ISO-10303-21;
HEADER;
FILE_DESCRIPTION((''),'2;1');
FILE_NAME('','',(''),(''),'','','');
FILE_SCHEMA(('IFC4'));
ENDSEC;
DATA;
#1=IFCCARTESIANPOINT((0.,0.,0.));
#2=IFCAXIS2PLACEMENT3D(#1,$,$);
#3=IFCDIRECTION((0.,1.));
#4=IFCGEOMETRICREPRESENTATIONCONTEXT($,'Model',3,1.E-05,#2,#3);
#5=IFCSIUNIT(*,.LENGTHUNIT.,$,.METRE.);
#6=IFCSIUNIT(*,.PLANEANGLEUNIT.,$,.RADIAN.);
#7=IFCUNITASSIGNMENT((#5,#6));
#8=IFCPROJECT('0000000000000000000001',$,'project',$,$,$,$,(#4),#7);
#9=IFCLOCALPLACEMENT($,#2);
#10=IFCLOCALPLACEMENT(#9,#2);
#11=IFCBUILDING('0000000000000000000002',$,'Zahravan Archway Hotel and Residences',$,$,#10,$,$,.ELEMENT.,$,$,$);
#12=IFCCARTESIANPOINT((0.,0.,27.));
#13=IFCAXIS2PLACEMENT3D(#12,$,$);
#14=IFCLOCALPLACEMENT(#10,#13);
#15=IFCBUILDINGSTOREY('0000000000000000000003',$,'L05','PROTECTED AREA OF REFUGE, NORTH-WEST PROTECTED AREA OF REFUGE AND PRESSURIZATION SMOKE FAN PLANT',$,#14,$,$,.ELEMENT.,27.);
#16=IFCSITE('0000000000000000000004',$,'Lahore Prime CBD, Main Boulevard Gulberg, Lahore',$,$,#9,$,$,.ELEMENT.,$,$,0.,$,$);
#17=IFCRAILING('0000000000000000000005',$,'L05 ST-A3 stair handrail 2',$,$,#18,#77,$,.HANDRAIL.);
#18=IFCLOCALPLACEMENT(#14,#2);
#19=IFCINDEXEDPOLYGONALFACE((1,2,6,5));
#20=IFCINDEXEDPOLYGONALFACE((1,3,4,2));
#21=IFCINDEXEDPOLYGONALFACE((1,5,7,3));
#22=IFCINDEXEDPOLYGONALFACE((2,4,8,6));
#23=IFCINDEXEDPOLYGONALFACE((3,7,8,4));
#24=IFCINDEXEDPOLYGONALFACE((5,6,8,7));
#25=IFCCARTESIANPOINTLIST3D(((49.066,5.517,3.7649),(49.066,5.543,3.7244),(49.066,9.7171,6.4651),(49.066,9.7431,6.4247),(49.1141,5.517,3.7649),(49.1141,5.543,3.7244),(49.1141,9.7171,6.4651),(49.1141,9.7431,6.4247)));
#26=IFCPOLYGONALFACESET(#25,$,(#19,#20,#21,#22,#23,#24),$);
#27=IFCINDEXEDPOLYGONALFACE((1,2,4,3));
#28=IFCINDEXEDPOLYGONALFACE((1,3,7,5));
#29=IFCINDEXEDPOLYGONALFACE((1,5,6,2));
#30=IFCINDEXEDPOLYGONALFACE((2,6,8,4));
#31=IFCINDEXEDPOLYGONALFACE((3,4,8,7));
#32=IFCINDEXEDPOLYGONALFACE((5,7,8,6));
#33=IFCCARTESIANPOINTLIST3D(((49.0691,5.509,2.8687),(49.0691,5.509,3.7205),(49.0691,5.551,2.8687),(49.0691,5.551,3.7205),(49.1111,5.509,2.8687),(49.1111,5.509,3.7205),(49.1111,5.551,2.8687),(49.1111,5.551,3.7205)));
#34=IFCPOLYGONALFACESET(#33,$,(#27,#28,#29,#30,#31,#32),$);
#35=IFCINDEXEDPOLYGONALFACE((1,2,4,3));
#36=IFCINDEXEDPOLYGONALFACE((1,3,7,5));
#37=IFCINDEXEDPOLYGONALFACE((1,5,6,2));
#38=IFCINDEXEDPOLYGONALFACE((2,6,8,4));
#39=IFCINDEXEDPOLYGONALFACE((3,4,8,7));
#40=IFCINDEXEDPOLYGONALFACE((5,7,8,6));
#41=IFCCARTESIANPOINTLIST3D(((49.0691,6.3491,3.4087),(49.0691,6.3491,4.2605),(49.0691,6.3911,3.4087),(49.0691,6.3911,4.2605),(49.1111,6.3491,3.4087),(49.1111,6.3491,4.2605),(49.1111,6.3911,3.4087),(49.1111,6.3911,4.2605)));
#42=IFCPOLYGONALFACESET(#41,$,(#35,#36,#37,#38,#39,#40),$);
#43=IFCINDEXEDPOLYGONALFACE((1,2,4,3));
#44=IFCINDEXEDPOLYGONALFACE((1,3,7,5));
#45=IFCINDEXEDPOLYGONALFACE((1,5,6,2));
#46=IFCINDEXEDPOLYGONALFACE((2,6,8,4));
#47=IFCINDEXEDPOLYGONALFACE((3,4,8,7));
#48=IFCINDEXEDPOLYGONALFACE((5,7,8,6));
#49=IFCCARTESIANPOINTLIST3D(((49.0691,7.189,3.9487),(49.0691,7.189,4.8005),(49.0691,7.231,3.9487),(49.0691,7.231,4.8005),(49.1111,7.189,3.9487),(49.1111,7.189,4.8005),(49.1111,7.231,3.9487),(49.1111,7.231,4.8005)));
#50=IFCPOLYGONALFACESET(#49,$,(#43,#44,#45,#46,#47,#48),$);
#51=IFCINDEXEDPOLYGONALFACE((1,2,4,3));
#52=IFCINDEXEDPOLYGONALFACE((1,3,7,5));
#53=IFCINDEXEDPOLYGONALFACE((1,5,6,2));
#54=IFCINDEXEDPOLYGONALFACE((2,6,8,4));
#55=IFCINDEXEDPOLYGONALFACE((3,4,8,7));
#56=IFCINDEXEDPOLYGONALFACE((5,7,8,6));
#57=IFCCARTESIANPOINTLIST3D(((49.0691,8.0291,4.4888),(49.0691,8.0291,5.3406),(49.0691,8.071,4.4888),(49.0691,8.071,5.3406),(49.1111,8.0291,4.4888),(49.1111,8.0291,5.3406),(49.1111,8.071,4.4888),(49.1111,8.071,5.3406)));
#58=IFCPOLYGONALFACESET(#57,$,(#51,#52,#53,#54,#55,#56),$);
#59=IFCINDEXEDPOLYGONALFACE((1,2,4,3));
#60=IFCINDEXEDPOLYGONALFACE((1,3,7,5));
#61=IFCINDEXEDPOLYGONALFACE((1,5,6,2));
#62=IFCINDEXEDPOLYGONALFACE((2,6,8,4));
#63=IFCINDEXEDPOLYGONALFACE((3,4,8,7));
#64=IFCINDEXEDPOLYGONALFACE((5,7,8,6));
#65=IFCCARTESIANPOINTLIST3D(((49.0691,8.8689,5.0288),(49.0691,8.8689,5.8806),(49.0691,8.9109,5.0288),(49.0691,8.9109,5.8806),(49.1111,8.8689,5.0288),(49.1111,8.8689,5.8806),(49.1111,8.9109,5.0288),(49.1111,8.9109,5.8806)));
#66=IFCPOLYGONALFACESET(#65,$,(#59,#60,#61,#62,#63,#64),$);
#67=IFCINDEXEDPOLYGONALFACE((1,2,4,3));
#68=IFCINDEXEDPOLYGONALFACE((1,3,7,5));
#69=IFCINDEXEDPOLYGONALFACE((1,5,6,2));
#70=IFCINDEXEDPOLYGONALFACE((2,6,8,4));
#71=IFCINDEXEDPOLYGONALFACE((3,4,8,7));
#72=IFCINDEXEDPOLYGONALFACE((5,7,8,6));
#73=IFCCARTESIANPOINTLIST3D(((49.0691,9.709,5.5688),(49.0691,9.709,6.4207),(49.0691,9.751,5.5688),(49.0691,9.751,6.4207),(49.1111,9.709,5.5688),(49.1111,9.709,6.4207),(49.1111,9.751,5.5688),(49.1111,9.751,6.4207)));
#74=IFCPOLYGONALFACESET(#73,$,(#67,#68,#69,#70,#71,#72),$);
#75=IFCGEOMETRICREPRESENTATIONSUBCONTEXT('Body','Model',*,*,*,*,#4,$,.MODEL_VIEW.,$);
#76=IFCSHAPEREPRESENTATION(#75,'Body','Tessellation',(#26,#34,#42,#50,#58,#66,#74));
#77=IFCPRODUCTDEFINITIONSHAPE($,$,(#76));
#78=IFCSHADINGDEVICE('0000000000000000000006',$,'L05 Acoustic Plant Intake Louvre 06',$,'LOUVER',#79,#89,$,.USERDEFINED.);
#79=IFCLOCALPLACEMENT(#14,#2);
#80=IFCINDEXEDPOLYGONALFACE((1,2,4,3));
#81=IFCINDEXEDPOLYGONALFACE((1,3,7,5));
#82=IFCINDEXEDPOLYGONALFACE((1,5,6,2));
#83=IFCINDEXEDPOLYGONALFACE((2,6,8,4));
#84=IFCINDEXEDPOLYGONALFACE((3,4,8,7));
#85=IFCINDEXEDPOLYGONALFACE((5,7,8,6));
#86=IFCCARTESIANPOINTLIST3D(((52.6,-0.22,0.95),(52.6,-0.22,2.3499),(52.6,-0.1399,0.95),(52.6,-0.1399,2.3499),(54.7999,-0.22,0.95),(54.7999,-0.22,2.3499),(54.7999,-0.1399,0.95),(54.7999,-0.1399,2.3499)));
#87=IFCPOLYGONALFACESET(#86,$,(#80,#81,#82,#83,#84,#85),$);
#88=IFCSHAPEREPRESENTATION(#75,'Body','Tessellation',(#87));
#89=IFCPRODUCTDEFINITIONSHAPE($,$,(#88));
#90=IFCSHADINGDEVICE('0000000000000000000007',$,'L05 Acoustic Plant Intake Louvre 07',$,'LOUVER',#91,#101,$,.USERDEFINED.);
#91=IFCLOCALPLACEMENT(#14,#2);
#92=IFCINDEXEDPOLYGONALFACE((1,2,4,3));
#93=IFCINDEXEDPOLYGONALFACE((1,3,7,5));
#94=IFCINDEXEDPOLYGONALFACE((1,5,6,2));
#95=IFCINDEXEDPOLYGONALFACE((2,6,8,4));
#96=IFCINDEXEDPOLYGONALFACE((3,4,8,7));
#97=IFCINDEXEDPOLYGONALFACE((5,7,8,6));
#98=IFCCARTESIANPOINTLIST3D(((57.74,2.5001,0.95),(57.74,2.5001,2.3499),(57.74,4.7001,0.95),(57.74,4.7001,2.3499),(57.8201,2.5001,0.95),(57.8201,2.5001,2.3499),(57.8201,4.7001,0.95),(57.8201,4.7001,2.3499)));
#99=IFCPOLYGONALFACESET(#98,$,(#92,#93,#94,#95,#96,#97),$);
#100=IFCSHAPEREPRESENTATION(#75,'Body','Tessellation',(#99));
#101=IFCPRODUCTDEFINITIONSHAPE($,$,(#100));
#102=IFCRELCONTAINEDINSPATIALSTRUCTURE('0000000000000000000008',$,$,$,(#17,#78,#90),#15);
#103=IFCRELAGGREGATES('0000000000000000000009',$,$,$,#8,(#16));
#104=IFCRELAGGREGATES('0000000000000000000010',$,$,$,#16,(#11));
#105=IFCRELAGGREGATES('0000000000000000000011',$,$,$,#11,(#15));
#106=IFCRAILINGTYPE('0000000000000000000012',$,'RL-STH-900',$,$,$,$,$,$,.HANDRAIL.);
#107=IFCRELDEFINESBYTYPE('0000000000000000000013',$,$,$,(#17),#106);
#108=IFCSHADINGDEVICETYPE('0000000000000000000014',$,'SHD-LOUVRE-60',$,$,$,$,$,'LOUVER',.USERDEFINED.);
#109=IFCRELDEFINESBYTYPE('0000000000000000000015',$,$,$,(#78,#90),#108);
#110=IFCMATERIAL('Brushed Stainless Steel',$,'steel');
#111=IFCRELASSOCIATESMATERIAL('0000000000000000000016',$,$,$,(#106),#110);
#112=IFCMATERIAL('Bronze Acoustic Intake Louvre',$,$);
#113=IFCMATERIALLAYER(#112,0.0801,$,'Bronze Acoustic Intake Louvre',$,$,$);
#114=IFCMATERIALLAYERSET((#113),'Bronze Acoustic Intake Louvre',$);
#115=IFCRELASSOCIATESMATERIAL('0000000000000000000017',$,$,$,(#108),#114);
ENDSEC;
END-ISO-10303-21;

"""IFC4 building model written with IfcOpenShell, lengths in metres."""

from ifc_helpers import new_model, si_unit, direction, frame, origin, origin_2d, place, context, subcontext, project, spatial, rectangle, extrude, source, transform, mapped, material, layer, layer_set, type_object, type_shapes, element, save


model = new_model("IFC4")

# Units and contexts
model_context = context("Model", 3, precision=1e-05, world=origin(), true_north=direction((0.0, 1.0)))
body_context = subcontext(model_context, "Body", "Model", "MODEL_VIEW")
ifc_project = project(units=[si_unit("LENGTHUNIT", "METRE"), si_unit("PLANEANGLEUNIT", "RADIAN")], contexts=[model_context])

# Site, building, storey
site_placement = place(None, origin())
site = spatial("IfcSite", under=ifc_project, at=site_placement, Name="Lahore Prime CBD, Main Boulevard Gulberg, Lahore", CompositionType="ELEMENT", RefElevation=0.0)
building_placement = place(site_placement, origin())
building = spatial("IfcBuilding", under=site, at=building_placement, Name="Zahravan Archway Hotel and Residences", CompositionType="ELEMENT")
storey_placement = place(building_placement, frame((0.0, 0.0, 27.0)))
storey = spatial("IfcBuildingStorey", under=building, at=storey_placement, Name="L05", Description="PROTECTED AREA OF REFUGE, NORTH-WEST PROTECTED AREA OF REFUGE AND PRESSURIZATION SMOKE FAN PLANT", CompositionType="ELEMENT", Elevation=27.0)

# Railing
ifc_material_1 = material(Name="Brushed Stainless Steel", Category="steel")
railing_type_1 = type_object("IfcRailingType", Name="RL-STH-900", PredefinedType="HANDRAIL", material=ifc_material_1)
for number, where, name in (
    (1, (49.0901, 5.53, 2.8687), "L05 ST-A3 stair handrail 2"),
):
    element("IfcRailing", number, at=place(storey_placement, frame(where)), inside=storey, type_object=railing_type_1, Name=name, PredefinedType="HANDRAIL", context=body_context, shape_type="SweptSolid", body=[
        extrude(rectangle(XDim=0.0481, YDim=0.0481, at=origin_2d()), frame((0.0, 0.0, 0.876), z_axis=(0.0, 0.841158, 0.54079), x_axis=(-1.0, 0.0, 0.0)), (0.0, 0.0, 1.0), 4.9932),
        extrude(rectangle(XDim=0.042, YDim=0.042, at=origin_2d()), origin(), (0.0, 0.0, 1.0), 0.8518),
        extrude(rectangle(XDim=0.042, YDim=0.042, at=origin_2d()), frame((0.0, 0.8401, 0.54)), (0.0, 0.0, 1.0), 0.8518),
        extrude(rectangle(XDim=0.042, YDim=0.042, at=origin_2d()), frame((0.0, 1.6799, 1.0801)), (0.0, 0.0, 1.0), 0.8518),
        extrude(rectangle(XDim=0.042, YDim=0.042, at=origin_2d()), frame((0.0, 2.52, 1.6201)), (0.0, 0.0, 1.0), 0.8518),
        extrude(rectangle(XDim=0.042, YDim=0.042, at=origin_2d()), frame((0.0, 3.3599, 2.1602)), (0.0, 0.0, 1.0), 0.8518),
        extrude(rectangle(XDim=0.042, YDim=0.042, at=origin_2d()), frame((0.0, 4.2, 2.7002)), (0.0, 0.0, 1.0), 0.8518),
    ])

# Shading devices
ifc_material_2 = material(Name="Bronze Acoustic Intake Louvre")
ifc_layer_1 = layer(ifc_material_2, 0.0801, Name="Bronze Acoustic Intake Louvre")
ifc_layer_set_1 = layer_set([ifc_layer_1], Name="Bronze Acoustic Intake Louvre")
shading_device_type = type_object("IfcShadingDeviceType", Name="SHD-LOUVRE-60", ElementType="LOUVER", PredefinedType="USERDEFINED", material=ifc_layer_set_1)
shared_shape_1 = source(origin(), body_context, "Body", "SweptSolid", [
    extrude(rectangle(XDim=2.2, YDim=0.0801, at=origin_2d()), origin(), (0.0, 0.0, 1.0), 1.3999),
])
type_shapes(shading_device_type, [shared_shape_1])
for number, where, z_axis, x_axis, name in (
    (2, (53.7, -0.1799, 0.95), (0.0, 0.0, 1.0), (1.0, 0.0, 0.0), "L05 Acoustic Plant Intake Louvre 06"),
    (3, (57.78, 3.6001, 0.95), (0.0, 0.0, 1.0), (0.0, 1.0, 0.0), "L05 Acoustic Plant Intake Louvre 07"),
):
    element("IfcShadingDevice", number, at=place(storey_placement, frame(where, z_axis=z_axis, x_axis=x_axis)), inside=storey, type_object=shading_device_type, Name=name, ObjectType="LOUVER", PredefinedType="USERDEFINED", context=body_context, shape_type="MappedRepresentation", body=[
        mapped(shared_shape_1, transform((0.0, 0.0, 0.0), scale=1.0)),
    ])

save(model, "model.ifc")
